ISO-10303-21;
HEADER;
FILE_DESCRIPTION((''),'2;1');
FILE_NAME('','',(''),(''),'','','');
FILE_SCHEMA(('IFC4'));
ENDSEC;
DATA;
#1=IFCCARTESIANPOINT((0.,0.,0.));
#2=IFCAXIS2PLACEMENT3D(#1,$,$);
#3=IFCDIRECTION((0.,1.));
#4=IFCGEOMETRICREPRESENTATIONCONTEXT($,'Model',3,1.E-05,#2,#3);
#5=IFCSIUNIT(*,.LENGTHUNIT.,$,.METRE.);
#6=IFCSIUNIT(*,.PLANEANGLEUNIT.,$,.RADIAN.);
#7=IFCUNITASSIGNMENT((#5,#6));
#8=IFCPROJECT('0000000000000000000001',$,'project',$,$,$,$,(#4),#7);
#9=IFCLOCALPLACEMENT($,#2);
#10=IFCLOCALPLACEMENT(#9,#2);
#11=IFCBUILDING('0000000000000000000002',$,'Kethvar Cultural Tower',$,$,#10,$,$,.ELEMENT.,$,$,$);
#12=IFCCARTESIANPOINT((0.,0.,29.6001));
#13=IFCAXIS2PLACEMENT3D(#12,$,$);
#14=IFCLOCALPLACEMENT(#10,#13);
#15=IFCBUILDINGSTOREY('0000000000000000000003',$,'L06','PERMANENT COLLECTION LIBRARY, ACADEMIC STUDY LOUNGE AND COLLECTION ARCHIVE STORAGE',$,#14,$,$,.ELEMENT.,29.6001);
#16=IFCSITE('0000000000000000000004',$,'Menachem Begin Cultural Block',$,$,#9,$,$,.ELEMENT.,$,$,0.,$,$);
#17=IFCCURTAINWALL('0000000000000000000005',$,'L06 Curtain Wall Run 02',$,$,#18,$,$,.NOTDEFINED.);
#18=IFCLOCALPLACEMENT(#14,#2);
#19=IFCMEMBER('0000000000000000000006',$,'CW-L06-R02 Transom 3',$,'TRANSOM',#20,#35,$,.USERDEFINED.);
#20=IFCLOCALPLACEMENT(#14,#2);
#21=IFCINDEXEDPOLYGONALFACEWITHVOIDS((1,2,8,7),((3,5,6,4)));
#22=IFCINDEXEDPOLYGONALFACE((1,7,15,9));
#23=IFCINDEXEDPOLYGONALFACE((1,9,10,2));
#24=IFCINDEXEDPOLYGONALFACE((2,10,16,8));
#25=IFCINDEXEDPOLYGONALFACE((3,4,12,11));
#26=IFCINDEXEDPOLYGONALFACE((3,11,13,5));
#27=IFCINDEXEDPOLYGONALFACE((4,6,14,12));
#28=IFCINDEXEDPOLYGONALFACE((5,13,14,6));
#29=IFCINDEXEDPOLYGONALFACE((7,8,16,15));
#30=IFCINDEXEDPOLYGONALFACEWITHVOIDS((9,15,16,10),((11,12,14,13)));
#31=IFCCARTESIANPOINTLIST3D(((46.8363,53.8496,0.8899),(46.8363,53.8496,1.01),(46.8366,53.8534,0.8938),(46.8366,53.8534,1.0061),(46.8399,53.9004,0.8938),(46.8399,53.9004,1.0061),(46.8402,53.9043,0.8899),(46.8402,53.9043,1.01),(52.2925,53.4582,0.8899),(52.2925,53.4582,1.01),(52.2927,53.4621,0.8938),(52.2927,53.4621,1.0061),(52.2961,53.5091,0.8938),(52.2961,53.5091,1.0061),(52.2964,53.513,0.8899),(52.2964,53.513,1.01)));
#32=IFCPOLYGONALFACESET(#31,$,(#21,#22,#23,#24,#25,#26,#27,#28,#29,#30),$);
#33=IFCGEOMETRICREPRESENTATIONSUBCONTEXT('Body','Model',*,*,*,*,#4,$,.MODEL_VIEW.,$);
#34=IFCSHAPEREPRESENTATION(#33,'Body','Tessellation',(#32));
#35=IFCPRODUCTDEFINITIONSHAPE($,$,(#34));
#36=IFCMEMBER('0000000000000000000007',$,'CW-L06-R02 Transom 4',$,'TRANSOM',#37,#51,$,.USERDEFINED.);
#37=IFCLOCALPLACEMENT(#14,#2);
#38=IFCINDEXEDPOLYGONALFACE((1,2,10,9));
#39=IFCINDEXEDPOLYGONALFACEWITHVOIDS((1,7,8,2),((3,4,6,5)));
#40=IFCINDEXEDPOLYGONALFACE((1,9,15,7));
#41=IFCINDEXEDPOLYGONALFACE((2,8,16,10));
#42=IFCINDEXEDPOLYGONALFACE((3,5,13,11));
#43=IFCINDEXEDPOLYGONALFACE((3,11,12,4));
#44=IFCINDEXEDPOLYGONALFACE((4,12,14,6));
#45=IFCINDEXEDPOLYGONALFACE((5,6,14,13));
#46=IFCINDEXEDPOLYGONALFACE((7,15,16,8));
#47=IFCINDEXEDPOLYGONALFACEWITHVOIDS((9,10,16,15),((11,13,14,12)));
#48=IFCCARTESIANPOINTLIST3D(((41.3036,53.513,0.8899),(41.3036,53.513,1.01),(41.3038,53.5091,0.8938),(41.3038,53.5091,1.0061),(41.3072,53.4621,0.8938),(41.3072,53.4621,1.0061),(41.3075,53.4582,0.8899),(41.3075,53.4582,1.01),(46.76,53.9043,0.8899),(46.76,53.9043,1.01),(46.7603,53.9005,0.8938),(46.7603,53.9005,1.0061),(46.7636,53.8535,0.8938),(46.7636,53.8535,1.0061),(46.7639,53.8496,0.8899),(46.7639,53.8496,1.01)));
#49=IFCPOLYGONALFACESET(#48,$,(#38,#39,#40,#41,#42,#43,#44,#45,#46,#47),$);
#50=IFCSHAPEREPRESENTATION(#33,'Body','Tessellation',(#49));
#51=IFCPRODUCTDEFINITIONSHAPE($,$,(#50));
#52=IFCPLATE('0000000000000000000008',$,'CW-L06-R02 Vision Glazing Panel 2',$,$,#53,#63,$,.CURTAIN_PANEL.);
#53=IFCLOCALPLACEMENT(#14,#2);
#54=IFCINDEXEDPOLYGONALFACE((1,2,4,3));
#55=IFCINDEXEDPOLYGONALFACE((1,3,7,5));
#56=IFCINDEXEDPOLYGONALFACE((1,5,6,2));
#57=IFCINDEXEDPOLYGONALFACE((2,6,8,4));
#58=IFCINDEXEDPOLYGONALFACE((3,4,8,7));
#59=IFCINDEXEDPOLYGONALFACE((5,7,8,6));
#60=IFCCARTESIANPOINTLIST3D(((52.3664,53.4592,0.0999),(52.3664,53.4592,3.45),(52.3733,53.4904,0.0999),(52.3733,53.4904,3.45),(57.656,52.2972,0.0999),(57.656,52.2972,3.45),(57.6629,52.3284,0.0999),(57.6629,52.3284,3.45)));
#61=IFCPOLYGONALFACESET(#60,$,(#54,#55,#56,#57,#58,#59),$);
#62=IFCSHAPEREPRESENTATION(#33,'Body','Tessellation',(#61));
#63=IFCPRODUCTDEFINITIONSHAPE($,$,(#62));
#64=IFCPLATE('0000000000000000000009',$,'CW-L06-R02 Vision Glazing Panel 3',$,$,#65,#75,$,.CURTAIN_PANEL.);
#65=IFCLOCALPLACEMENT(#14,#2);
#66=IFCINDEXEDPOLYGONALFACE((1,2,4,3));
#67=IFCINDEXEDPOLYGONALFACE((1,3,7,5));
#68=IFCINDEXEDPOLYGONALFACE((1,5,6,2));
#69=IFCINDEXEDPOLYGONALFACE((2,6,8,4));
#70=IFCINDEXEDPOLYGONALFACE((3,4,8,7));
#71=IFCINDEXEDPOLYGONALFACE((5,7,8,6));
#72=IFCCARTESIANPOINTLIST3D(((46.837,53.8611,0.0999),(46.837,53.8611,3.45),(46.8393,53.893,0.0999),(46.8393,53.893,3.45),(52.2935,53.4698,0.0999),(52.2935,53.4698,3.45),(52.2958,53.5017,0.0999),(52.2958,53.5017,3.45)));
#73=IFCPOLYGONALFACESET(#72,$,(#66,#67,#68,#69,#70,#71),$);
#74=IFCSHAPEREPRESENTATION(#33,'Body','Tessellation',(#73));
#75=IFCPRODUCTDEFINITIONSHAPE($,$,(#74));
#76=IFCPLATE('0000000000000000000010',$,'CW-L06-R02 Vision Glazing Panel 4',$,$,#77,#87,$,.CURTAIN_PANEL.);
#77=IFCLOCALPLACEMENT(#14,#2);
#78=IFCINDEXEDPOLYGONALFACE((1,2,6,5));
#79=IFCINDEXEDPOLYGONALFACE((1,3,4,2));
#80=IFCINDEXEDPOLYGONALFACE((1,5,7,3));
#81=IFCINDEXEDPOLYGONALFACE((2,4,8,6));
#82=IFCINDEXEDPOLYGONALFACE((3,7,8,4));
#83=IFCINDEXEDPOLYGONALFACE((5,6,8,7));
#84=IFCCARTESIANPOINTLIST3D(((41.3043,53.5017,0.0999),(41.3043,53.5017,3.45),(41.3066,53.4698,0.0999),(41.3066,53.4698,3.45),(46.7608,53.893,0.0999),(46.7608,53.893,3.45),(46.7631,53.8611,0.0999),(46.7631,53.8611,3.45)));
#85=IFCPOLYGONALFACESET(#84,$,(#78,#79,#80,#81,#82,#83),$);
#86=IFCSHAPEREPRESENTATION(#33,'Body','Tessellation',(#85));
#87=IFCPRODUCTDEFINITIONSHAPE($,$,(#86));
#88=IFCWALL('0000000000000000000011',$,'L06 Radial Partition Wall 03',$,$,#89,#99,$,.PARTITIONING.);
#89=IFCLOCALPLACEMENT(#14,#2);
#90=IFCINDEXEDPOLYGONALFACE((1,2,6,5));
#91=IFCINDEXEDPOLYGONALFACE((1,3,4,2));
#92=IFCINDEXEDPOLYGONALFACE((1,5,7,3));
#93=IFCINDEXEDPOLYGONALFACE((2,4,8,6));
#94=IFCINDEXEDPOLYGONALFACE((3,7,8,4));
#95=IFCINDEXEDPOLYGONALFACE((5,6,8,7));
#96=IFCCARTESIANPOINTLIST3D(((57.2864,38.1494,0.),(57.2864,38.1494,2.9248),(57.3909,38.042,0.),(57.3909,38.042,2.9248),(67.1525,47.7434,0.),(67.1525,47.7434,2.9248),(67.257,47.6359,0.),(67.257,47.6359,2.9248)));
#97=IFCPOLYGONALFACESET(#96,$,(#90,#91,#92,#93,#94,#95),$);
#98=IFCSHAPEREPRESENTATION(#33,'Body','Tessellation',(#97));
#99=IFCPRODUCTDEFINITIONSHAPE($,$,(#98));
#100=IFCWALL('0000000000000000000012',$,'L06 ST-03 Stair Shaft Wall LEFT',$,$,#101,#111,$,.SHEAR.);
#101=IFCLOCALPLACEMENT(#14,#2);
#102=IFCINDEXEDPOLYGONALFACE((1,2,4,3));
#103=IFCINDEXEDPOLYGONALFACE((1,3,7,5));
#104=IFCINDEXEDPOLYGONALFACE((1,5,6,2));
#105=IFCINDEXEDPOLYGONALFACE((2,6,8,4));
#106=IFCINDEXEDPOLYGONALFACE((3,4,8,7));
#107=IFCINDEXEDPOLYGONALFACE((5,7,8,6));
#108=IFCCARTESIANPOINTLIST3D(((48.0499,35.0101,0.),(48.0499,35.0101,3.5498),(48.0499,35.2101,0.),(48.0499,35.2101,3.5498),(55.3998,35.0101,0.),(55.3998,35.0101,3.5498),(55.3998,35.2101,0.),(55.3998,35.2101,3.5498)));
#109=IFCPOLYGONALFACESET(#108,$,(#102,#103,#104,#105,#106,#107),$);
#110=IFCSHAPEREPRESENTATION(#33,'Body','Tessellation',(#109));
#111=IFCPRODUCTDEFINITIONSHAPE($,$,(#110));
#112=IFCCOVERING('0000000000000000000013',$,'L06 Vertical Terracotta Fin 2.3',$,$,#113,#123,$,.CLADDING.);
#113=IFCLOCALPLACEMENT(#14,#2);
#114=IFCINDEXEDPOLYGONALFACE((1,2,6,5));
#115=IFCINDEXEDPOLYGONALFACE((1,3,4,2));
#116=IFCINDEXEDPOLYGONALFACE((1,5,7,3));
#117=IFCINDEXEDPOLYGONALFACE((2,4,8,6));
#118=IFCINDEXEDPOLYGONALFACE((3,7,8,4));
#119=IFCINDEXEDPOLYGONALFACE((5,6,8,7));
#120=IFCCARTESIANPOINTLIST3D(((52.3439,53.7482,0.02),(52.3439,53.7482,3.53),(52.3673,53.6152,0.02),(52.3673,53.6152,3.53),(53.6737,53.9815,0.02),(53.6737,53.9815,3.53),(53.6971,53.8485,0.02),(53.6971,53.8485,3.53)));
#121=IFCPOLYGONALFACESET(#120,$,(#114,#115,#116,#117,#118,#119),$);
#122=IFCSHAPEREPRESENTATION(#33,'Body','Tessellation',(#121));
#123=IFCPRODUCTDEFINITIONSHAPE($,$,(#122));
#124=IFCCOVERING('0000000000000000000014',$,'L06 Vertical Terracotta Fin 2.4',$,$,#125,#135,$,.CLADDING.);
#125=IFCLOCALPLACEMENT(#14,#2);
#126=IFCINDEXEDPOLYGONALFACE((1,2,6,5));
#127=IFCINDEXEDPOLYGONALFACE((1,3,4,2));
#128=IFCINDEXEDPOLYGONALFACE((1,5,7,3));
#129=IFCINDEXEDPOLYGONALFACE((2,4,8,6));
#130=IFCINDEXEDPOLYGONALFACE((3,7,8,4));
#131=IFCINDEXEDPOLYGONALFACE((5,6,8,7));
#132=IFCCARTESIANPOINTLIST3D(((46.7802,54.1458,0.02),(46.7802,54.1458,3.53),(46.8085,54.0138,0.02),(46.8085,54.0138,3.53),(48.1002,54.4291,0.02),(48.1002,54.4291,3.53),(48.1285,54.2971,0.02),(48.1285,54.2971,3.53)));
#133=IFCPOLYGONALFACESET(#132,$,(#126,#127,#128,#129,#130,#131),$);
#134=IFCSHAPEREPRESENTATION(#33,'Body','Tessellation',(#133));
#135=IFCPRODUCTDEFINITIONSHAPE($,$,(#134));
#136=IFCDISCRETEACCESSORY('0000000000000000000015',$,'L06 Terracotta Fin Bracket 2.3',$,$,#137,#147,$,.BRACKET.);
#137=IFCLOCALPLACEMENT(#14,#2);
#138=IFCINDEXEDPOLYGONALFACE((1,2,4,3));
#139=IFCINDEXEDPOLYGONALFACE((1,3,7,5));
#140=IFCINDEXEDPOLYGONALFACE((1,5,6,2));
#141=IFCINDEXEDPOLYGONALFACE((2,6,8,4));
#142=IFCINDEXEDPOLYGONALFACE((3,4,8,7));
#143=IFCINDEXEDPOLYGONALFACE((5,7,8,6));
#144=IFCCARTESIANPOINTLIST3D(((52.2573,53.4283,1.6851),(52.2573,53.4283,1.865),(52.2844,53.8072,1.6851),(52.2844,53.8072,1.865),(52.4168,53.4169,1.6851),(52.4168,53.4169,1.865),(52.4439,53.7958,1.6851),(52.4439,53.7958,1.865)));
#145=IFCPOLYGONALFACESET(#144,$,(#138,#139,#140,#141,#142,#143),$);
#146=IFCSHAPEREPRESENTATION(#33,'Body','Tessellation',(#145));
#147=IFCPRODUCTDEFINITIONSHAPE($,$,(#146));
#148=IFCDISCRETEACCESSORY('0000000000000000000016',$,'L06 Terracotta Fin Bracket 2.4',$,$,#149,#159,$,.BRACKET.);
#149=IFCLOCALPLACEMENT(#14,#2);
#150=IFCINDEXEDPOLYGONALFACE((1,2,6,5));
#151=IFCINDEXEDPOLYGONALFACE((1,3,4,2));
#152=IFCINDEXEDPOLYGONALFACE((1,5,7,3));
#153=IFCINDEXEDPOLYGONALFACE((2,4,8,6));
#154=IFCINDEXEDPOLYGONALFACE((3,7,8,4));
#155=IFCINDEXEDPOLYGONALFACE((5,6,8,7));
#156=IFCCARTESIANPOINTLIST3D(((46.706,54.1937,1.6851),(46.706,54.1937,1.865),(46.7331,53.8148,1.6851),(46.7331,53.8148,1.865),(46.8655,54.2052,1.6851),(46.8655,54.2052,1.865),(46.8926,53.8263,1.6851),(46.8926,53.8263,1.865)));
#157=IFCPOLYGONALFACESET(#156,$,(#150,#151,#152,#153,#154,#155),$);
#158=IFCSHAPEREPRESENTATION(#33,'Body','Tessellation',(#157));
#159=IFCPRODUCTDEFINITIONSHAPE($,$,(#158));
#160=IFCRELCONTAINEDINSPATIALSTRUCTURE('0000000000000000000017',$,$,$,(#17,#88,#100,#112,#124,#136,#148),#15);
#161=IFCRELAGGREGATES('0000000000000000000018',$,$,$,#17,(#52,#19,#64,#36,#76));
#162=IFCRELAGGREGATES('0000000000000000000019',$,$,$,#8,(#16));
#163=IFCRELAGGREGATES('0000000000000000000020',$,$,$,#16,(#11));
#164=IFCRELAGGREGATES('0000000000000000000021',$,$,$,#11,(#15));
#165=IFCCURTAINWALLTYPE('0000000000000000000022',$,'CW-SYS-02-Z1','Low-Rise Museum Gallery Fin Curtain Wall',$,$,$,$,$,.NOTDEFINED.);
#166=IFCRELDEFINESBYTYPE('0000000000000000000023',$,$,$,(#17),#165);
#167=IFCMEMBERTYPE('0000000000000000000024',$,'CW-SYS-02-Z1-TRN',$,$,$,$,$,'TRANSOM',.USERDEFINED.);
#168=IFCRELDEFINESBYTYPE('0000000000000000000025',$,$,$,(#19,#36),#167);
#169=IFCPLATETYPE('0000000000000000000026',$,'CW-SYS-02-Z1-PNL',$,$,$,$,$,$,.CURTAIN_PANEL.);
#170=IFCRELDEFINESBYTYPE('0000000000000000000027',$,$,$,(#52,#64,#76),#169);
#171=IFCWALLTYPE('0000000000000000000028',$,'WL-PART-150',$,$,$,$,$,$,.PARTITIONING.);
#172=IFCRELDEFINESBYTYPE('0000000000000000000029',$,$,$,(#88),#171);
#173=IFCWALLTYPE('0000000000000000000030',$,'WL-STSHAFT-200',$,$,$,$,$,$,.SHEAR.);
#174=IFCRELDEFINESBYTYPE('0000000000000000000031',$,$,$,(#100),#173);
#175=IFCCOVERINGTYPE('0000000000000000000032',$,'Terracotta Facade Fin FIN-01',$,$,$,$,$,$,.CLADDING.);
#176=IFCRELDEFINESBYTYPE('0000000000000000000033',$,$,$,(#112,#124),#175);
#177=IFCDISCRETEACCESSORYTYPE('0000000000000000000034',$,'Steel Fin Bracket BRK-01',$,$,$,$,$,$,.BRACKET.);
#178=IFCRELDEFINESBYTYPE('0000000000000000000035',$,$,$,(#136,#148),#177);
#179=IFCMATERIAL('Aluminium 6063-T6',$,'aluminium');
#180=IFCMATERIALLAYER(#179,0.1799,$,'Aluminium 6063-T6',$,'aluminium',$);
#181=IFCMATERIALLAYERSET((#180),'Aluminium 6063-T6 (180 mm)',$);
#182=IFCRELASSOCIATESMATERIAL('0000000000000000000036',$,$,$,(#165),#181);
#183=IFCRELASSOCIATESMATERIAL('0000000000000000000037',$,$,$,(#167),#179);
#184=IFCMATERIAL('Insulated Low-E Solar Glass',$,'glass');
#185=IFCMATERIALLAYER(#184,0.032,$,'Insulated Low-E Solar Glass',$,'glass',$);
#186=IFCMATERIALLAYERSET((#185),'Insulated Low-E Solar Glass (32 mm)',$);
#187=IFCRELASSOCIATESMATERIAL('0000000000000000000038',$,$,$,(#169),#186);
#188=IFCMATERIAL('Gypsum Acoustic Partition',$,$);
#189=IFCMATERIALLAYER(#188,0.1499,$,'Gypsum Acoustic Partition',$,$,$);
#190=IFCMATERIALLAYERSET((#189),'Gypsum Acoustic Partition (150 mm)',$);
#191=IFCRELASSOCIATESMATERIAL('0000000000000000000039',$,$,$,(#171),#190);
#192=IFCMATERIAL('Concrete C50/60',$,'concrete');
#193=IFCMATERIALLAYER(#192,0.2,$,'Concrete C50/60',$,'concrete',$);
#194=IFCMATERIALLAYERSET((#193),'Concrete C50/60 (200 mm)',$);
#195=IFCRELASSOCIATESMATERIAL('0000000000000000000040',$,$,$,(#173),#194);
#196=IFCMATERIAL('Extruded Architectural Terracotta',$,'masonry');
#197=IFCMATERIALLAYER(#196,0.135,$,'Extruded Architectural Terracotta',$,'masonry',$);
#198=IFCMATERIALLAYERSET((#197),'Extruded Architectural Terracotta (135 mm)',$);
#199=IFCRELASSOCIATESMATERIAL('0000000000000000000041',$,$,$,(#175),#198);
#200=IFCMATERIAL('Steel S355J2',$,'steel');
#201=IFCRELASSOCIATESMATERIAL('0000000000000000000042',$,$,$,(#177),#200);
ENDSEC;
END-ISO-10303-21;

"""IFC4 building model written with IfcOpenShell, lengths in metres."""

from ifc_helpers import new_model, si_unit, direction, frame, frame_2d, origin, origin_2d, place, context, subcontext, project, spatial, rectangle, hollow_rectangle, extrude, source, transform, mapped, material, layer, layer_set, material_profile, profile_set, type_object, element, aggregate, save


model = new_model("IFC4")

# Units and contexts
model_context = context("Model", 3, precision=1e-05, world=origin(), true_north=direction((0.0, 1.0)))
body_context = subcontext(model_context, "Body", "Model", "MODEL_VIEW")
ifc_project = project(units=[si_unit("LENGTHUNIT", "METRE"), si_unit("PLANEANGLEUNIT", "RADIAN")], contexts=[model_context])

# Site, building, storey
site_placement = place(None, origin())
site = spatial("IfcSite", under=ifc_project, at=site_placement, Name="Menachem Begin Cultural Block", CompositionType="ELEMENT", RefElevation=0.0)
building_placement = place(site_placement, origin())
building = spatial("IfcBuilding", under=site, at=building_placement, Name="Kethvar Cultural Tower", CompositionType="ELEMENT")
storey_placement = place(building_placement, frame((0.0, 0.0, 29.6001)))
storey = spatial("IfcBuildingStorey", under=building, at=storey_placement, Name="L06", Description="PERMANENT COLLECTION LIBRARY, ACADEMIC STUDY LOUNGE AND COLLECTION ARCHIVE STORAGE", CompositionType="ELEMENT", Elevation=29.6001)

# Shared definitions
ifc_material_1 = material(Name="Steel S355J2", Category="steel")

# Curtain wall, members, plates
ifc_material_2 = material(Name="Aluminium 6063-T6", Category="aluminium")
ifc_layer_1 = layer(ifc_material_2, 0.1799, Name="Aluminium 6063-T6", Category="aluminium")
ifc_layer_set_1 = layer_set([ifc_layer_1], Name="Aluminium 6063-T6 (180 mm)")
curtain_wall_type = type_object("IfcCurtainWallType", Name="CW-SYS-02-Z1", Description="Low-Rise Museum Gallery Fin Curtain Wall", PredefinedType="NOTDEFINED", material=ifc_layer_set_1)
curtain_wall_placement = place(storey_placement, origin())
curtain_wall = element("IfcCurtainWall", 1, at=curtain_wall_placement, inside=storey, type_object=curtain_wall_type, Name="L06 Curtain Wall Run 02", PredefinedType="NOTDEFINED")
ifc_material_profile_1 = material_profile(ifc_material_2, hollow_rectangle(XDim=0.0549, YDim=0.1201, WallThickness=0.0039, at=origin_2d()), Name="Aluminium 6063-T6 — RHS120x55x4")
ifc_profile_set_1 = profile_set([ifc_material_profile_1], Name="Aluminium 6063-T6 — RHS120x55x4")
member_type_1 = type_object("IfcMemberType", Name="CW-SYS-02-Z1-TRN", ElementType="TRANSOM", PredefinedType="USERDEFINED", material=ifc_profile_set_1)
shared_shape_1 = source(origin(), body_context, "Body", "SweptSolid", [
    extrude(hollow_rectangle(XDim=0.0549, YDim=0.1201, WallThickness=0.0039, at=origin_2d()), origin(), (0.0, 0.0, 1.0), 5.4702),
])
member_1_placement = place(storey_placement, frame((52.2944, 53.4856, 0.95), z_axis=(-0.997438, 0.071542, 0.0), x_axis=(-0.071542, -0.997438, 0.0)))
member_1 = element("IfcMember", 2, at=member_1_placement, type_object=member_type_1, Name="CW-L06-R02 Transom 3", ObjectType="TRANSOM", PredefinedType="USERDEFINED", context=body_context, shape_type="MappedRepresentation", body=[
    mapped(shared_shape_1, transform((0.0, 0.0, 0.0), scale=1.0)),
])
shared_shape_2 = source(origin(), body_context, "Body", "SweptSolid", [
    extrude(hollow_rectangle(XDim=0.0549, YDim=0.1201, WallThickness=0.0039, at=origin_2d()), origin(), (0.0, 0.0, 1.0), 5.4705),
])
member_2_placement = place(storey_placement, frame((46.762, 53.877, 0.95), z_axis=(-0.997438, -0.071539, 0.0), x_axis=(0.071539, -0.997438, 0.0)))
member_2 = element("IfcMember", 3, at=member_2_placement, type_object=member_type_1, Name="CW-L06-R02 Transom 4", ObjectType="TRANSOM", PredefinedType="USERDEFINED", context=body_context, shape_type="MappedRepresentation", body=[
    mapped(shared_shape_2, transform((0.0, 0.0, 0.0), scale=1.0)),
])
ifc_material_3 = material(Name="Insulated Low-E Solar Glass", Category="glass")
ifc_layer_2 = layer(ifc_material_3, 0.032, Name="Insulated Low-E Solar Glass", Category="glass")
ifc_layer_set_2 = layer_set([ifc_layer_2], Name="Insulated Low-E Solar Glass (32 mm)")
plate_type = type_object("IfcPlateType", Name="CW-SYS-02-Z1-PNL", PredefinedType="CURTAIN_PANEL", material=ifc_layer_set_2)
shared_shape_3 = source(origin(), body_context, "Body", "SweptSolid", [
    extrude(rectangle(XDim=5.4158, YDim=0.032, at=origin_2d()), origin(), (0.0, 0.0, 1.0), 3.3501),
])
plate_1_placement = place(storey_placement, frame((55.0146, 52.8938, 0.0999), z_axis=(0.0, 0.0, 1.0), x_axis=(-0.97671, 0.214565, 0.0)))
plate_1 = element("IfcPlate", 4, at=plate_1_placement, type_object=plate_type, Name="CW-L06-R02 Vision Glazing Panel 2", PredefinedType="CURTAIN_PANEL", context=body_context, shape_type="MappedRepresentation", body=[
    mapped(shared_shape_3, transform((0.0, 0.0, 0.0), scale=1.0)),
])
shared_shape_4 = source(origin(), body_context, "Body", "SweptSolid", [
    extrude(rectangle(XDim=5.4705, YDim=0.032, at=origin_2d()), origin(), (0.0, 0.0, 1.0), 3.3501),
])
plate_2_placement = place(storey_placement, frame((49.5664, 53.6814, 0.0999), z_axis=(0.0, 0.0, 1.0), x_axis=(-0.997438, 0.071532, 0.0)))
plate_2 = element("IfcPlate", 5, at=plate_2_placement, type_object=plate_type, Name="CW-L06-R02 Vision Glazing Panel 3", PredefinedType="CURTAIN_PANEL", context=body_context, shape_type="MappedRepresentation", body=[
    mapped(shared_shape_4, transform((0.0, 0.0, 0.0), scale=1.0)),
])
plate_3_placement = place(storey_placement, frame((44.0337, 53.6814, 0.0999), z_axis=(0.0, 0.0, 1.0), x_axis=(-0.997438, -0.071532, 0.0)))
plate_3 = element("IfcPlate", 6, at=plate_3_placement, type_object=plate_type, Name="CW-L06-R02 Vision Glazing Panel 4", PredefinedType="CURTAIN_PANEL", context=body_context, shape_type="MappedRepresentation", body=[
    mapped(shared_shape_4, transform((0.0, 0.0, 0.0), scale=1.0)),
])
aggregate(curtain_wall, [plate_1, member_1, plate_2, member_2, plate_3])

# Walls
ifc_material_4 = material(Name="Gypsum Acoustic Partition")
ifc_layer_3 = layer(ifc_material_4, 0.1499, Name="Gypsum Acoustic Partition")
ifc_layer_set_3 = layer_set([ifc_layer_3], Name="Gypsum Acoustic Partition (150 mm)")
wall_type_1 = type_object("IfcWallType", Name="WL-PART-150", PredefinedType="PARTITIONING", material=ifc_layer_set_3)
wall_1_placement = place(storey_placement, frame((57.3386, 38.0957, 0.0), z_axis=(0.0, 0.0, 1.0), x_axis=(0.716928, 0.697147, 0.0)))
element("IfcWall", 7, at=wall_1_placement, inside=storey, type_object=wall_type_1, Name="L06 Radial Partition Wall 03", PredefinedType="PARTITIONING", context=body_context, shape_type="SweptSolid", body=[
    extrude(rectangle(XDim=13.7617, YDim=0.1499, at=frame_2d((6.8809, 0.0))), origin(), (0.0, 0.0, 1.0), 2.9248),
])
ifc_material_5 = material(Name="Concrete C50/60", Category="concrete")
ifc_layer_4 = layer(ifc_material_5, 0.2, Name="Concrete C50/60", Category="concrete")
ifc_layer_set_4 = layer_set([ifc_layer_4], Name="Concrete C50/60 (200 mm)")
wall_type_2 = type_object("IfcWallType", Name="WL-STSHAFT-200", PredefinedType="SHEAR", material=ifc_layer_set_4)
wall_2_placement = place(storey_placement, frame((48.05, 35.1101, 0.0), z_axis=(0.0, 0.0, 1.0), x_axis=(1.0, 0.0, 0.0)))
element("IfcWall", 8, at=wall_2_placement, inside=storey, type_object=wall_type_2, Name="L06 ST-03 Stair Shaft Wall LEFT", PredefinedType="SHEAR", context=body_context, shape_type="SweptSolid", body=[
    extrude(rectangle(XDim=7.3499, YDim=0.2, at=frame_2d((3.6748, 0.0))), origin(), (0.0, 0.0, 1.0), 3.5498),
])

# Coverings
ifc_material_6 = material(Name="Extruded Architectural Terracotta", Category="masonry")
ifc_layer_5 = layer(ifc_material_6, 0.135, Name="Extruded Architectural Terracotta", Category="masonry")
ifc_layer_set_5 = layer_set([ifc_layer_5], Name="Extruded Architectural Terracotta (135 mm)")
covering_type = type_object("IfcCoveringType", Name="Terracotta Facade Fin FIN-01", PredefinedType="CLADDING", material=ifc_layer_set_5)
shared_shape_5 = source(origin(), body_context, "Body", "SweptSolid", [
    extrude(rectangle(XDim=1.3501, YDim=0.135, at=origin_2d()), origin(), (0.0, 0.0, 1.0), 3.51),
])
for number, where, z_axis, x_axis, name in (
    (9, (53.0205, 53.7983, 0.02), (0.0, 0.0, 1.0), (0.984959, 0.172789, 0.0), "L06 Vertical Terracotta Fin 2.3"),
    (10, (47.4543, 54.2214, 0.02), (0.0, 0.0, 1.0), (0.977747, 0.209789, 0.0), "L06 Vertical Terracotta Fin 2.4"),
):
    element("IfcCovering", number, at=place(storey_placement, frame(where, z_axis=z_axis, x_axis=x_axis)), inside=storey, type_object=covering_type, Name=name, PredefinedType="CLADDING", context=body_context, shape_type="MappedRepresentation", body=[
        mapped(shared_shape_5, transform((0.0, 0.0, 0.0), scale=1.0)),
    ])

# Discrete accessories
discrete_accessory_type = type_object("IfcDiscreteAccessoryType", Name="Steel Fin Bracket BRK-01", PredefinedType="BRACKET", material=ifc_material_1)
shared_shape_6 = source(origin(), body_context, "Body", "SweptSolid", [
    extrude(rectangle(XDim=0.3799, YDim=0.1599, at=origin_2d()), origin(), (0.0, 0.0, 1.0), 0.1799),
])
for number, where, z_axis, x_axis, name in (
    (11, (52.3506, 53.6121, 1.6851), (0.0, 0.0, 1.0), (0.071497, 0.997441, 0.0), "L06 Terracotta Fin Bracket 2.3"),
    (12, (46.7993, 54.01, 1.6851), (0.0, 0.0, 1.0), (-0.071497, 0.997441, 0.0), "L06 Terracotta Fin Bracket 2.4"),
):
    element("IfcDiscreteAccessory", number, at=place(storey_placement, frame(where, z_axis=z_axis, x_axis=x_axis)), inside=storey, type_object=discrete_accessory_type, Name=name, PredefinedType="BRACKET", context=body_context, shape_type="MappedRepresentation", body=[
        mapped(shared_shape_6, transform((0.0, 0.0, 0.0), scale=1.0)),
    ])

save(model, "model.ifc")
